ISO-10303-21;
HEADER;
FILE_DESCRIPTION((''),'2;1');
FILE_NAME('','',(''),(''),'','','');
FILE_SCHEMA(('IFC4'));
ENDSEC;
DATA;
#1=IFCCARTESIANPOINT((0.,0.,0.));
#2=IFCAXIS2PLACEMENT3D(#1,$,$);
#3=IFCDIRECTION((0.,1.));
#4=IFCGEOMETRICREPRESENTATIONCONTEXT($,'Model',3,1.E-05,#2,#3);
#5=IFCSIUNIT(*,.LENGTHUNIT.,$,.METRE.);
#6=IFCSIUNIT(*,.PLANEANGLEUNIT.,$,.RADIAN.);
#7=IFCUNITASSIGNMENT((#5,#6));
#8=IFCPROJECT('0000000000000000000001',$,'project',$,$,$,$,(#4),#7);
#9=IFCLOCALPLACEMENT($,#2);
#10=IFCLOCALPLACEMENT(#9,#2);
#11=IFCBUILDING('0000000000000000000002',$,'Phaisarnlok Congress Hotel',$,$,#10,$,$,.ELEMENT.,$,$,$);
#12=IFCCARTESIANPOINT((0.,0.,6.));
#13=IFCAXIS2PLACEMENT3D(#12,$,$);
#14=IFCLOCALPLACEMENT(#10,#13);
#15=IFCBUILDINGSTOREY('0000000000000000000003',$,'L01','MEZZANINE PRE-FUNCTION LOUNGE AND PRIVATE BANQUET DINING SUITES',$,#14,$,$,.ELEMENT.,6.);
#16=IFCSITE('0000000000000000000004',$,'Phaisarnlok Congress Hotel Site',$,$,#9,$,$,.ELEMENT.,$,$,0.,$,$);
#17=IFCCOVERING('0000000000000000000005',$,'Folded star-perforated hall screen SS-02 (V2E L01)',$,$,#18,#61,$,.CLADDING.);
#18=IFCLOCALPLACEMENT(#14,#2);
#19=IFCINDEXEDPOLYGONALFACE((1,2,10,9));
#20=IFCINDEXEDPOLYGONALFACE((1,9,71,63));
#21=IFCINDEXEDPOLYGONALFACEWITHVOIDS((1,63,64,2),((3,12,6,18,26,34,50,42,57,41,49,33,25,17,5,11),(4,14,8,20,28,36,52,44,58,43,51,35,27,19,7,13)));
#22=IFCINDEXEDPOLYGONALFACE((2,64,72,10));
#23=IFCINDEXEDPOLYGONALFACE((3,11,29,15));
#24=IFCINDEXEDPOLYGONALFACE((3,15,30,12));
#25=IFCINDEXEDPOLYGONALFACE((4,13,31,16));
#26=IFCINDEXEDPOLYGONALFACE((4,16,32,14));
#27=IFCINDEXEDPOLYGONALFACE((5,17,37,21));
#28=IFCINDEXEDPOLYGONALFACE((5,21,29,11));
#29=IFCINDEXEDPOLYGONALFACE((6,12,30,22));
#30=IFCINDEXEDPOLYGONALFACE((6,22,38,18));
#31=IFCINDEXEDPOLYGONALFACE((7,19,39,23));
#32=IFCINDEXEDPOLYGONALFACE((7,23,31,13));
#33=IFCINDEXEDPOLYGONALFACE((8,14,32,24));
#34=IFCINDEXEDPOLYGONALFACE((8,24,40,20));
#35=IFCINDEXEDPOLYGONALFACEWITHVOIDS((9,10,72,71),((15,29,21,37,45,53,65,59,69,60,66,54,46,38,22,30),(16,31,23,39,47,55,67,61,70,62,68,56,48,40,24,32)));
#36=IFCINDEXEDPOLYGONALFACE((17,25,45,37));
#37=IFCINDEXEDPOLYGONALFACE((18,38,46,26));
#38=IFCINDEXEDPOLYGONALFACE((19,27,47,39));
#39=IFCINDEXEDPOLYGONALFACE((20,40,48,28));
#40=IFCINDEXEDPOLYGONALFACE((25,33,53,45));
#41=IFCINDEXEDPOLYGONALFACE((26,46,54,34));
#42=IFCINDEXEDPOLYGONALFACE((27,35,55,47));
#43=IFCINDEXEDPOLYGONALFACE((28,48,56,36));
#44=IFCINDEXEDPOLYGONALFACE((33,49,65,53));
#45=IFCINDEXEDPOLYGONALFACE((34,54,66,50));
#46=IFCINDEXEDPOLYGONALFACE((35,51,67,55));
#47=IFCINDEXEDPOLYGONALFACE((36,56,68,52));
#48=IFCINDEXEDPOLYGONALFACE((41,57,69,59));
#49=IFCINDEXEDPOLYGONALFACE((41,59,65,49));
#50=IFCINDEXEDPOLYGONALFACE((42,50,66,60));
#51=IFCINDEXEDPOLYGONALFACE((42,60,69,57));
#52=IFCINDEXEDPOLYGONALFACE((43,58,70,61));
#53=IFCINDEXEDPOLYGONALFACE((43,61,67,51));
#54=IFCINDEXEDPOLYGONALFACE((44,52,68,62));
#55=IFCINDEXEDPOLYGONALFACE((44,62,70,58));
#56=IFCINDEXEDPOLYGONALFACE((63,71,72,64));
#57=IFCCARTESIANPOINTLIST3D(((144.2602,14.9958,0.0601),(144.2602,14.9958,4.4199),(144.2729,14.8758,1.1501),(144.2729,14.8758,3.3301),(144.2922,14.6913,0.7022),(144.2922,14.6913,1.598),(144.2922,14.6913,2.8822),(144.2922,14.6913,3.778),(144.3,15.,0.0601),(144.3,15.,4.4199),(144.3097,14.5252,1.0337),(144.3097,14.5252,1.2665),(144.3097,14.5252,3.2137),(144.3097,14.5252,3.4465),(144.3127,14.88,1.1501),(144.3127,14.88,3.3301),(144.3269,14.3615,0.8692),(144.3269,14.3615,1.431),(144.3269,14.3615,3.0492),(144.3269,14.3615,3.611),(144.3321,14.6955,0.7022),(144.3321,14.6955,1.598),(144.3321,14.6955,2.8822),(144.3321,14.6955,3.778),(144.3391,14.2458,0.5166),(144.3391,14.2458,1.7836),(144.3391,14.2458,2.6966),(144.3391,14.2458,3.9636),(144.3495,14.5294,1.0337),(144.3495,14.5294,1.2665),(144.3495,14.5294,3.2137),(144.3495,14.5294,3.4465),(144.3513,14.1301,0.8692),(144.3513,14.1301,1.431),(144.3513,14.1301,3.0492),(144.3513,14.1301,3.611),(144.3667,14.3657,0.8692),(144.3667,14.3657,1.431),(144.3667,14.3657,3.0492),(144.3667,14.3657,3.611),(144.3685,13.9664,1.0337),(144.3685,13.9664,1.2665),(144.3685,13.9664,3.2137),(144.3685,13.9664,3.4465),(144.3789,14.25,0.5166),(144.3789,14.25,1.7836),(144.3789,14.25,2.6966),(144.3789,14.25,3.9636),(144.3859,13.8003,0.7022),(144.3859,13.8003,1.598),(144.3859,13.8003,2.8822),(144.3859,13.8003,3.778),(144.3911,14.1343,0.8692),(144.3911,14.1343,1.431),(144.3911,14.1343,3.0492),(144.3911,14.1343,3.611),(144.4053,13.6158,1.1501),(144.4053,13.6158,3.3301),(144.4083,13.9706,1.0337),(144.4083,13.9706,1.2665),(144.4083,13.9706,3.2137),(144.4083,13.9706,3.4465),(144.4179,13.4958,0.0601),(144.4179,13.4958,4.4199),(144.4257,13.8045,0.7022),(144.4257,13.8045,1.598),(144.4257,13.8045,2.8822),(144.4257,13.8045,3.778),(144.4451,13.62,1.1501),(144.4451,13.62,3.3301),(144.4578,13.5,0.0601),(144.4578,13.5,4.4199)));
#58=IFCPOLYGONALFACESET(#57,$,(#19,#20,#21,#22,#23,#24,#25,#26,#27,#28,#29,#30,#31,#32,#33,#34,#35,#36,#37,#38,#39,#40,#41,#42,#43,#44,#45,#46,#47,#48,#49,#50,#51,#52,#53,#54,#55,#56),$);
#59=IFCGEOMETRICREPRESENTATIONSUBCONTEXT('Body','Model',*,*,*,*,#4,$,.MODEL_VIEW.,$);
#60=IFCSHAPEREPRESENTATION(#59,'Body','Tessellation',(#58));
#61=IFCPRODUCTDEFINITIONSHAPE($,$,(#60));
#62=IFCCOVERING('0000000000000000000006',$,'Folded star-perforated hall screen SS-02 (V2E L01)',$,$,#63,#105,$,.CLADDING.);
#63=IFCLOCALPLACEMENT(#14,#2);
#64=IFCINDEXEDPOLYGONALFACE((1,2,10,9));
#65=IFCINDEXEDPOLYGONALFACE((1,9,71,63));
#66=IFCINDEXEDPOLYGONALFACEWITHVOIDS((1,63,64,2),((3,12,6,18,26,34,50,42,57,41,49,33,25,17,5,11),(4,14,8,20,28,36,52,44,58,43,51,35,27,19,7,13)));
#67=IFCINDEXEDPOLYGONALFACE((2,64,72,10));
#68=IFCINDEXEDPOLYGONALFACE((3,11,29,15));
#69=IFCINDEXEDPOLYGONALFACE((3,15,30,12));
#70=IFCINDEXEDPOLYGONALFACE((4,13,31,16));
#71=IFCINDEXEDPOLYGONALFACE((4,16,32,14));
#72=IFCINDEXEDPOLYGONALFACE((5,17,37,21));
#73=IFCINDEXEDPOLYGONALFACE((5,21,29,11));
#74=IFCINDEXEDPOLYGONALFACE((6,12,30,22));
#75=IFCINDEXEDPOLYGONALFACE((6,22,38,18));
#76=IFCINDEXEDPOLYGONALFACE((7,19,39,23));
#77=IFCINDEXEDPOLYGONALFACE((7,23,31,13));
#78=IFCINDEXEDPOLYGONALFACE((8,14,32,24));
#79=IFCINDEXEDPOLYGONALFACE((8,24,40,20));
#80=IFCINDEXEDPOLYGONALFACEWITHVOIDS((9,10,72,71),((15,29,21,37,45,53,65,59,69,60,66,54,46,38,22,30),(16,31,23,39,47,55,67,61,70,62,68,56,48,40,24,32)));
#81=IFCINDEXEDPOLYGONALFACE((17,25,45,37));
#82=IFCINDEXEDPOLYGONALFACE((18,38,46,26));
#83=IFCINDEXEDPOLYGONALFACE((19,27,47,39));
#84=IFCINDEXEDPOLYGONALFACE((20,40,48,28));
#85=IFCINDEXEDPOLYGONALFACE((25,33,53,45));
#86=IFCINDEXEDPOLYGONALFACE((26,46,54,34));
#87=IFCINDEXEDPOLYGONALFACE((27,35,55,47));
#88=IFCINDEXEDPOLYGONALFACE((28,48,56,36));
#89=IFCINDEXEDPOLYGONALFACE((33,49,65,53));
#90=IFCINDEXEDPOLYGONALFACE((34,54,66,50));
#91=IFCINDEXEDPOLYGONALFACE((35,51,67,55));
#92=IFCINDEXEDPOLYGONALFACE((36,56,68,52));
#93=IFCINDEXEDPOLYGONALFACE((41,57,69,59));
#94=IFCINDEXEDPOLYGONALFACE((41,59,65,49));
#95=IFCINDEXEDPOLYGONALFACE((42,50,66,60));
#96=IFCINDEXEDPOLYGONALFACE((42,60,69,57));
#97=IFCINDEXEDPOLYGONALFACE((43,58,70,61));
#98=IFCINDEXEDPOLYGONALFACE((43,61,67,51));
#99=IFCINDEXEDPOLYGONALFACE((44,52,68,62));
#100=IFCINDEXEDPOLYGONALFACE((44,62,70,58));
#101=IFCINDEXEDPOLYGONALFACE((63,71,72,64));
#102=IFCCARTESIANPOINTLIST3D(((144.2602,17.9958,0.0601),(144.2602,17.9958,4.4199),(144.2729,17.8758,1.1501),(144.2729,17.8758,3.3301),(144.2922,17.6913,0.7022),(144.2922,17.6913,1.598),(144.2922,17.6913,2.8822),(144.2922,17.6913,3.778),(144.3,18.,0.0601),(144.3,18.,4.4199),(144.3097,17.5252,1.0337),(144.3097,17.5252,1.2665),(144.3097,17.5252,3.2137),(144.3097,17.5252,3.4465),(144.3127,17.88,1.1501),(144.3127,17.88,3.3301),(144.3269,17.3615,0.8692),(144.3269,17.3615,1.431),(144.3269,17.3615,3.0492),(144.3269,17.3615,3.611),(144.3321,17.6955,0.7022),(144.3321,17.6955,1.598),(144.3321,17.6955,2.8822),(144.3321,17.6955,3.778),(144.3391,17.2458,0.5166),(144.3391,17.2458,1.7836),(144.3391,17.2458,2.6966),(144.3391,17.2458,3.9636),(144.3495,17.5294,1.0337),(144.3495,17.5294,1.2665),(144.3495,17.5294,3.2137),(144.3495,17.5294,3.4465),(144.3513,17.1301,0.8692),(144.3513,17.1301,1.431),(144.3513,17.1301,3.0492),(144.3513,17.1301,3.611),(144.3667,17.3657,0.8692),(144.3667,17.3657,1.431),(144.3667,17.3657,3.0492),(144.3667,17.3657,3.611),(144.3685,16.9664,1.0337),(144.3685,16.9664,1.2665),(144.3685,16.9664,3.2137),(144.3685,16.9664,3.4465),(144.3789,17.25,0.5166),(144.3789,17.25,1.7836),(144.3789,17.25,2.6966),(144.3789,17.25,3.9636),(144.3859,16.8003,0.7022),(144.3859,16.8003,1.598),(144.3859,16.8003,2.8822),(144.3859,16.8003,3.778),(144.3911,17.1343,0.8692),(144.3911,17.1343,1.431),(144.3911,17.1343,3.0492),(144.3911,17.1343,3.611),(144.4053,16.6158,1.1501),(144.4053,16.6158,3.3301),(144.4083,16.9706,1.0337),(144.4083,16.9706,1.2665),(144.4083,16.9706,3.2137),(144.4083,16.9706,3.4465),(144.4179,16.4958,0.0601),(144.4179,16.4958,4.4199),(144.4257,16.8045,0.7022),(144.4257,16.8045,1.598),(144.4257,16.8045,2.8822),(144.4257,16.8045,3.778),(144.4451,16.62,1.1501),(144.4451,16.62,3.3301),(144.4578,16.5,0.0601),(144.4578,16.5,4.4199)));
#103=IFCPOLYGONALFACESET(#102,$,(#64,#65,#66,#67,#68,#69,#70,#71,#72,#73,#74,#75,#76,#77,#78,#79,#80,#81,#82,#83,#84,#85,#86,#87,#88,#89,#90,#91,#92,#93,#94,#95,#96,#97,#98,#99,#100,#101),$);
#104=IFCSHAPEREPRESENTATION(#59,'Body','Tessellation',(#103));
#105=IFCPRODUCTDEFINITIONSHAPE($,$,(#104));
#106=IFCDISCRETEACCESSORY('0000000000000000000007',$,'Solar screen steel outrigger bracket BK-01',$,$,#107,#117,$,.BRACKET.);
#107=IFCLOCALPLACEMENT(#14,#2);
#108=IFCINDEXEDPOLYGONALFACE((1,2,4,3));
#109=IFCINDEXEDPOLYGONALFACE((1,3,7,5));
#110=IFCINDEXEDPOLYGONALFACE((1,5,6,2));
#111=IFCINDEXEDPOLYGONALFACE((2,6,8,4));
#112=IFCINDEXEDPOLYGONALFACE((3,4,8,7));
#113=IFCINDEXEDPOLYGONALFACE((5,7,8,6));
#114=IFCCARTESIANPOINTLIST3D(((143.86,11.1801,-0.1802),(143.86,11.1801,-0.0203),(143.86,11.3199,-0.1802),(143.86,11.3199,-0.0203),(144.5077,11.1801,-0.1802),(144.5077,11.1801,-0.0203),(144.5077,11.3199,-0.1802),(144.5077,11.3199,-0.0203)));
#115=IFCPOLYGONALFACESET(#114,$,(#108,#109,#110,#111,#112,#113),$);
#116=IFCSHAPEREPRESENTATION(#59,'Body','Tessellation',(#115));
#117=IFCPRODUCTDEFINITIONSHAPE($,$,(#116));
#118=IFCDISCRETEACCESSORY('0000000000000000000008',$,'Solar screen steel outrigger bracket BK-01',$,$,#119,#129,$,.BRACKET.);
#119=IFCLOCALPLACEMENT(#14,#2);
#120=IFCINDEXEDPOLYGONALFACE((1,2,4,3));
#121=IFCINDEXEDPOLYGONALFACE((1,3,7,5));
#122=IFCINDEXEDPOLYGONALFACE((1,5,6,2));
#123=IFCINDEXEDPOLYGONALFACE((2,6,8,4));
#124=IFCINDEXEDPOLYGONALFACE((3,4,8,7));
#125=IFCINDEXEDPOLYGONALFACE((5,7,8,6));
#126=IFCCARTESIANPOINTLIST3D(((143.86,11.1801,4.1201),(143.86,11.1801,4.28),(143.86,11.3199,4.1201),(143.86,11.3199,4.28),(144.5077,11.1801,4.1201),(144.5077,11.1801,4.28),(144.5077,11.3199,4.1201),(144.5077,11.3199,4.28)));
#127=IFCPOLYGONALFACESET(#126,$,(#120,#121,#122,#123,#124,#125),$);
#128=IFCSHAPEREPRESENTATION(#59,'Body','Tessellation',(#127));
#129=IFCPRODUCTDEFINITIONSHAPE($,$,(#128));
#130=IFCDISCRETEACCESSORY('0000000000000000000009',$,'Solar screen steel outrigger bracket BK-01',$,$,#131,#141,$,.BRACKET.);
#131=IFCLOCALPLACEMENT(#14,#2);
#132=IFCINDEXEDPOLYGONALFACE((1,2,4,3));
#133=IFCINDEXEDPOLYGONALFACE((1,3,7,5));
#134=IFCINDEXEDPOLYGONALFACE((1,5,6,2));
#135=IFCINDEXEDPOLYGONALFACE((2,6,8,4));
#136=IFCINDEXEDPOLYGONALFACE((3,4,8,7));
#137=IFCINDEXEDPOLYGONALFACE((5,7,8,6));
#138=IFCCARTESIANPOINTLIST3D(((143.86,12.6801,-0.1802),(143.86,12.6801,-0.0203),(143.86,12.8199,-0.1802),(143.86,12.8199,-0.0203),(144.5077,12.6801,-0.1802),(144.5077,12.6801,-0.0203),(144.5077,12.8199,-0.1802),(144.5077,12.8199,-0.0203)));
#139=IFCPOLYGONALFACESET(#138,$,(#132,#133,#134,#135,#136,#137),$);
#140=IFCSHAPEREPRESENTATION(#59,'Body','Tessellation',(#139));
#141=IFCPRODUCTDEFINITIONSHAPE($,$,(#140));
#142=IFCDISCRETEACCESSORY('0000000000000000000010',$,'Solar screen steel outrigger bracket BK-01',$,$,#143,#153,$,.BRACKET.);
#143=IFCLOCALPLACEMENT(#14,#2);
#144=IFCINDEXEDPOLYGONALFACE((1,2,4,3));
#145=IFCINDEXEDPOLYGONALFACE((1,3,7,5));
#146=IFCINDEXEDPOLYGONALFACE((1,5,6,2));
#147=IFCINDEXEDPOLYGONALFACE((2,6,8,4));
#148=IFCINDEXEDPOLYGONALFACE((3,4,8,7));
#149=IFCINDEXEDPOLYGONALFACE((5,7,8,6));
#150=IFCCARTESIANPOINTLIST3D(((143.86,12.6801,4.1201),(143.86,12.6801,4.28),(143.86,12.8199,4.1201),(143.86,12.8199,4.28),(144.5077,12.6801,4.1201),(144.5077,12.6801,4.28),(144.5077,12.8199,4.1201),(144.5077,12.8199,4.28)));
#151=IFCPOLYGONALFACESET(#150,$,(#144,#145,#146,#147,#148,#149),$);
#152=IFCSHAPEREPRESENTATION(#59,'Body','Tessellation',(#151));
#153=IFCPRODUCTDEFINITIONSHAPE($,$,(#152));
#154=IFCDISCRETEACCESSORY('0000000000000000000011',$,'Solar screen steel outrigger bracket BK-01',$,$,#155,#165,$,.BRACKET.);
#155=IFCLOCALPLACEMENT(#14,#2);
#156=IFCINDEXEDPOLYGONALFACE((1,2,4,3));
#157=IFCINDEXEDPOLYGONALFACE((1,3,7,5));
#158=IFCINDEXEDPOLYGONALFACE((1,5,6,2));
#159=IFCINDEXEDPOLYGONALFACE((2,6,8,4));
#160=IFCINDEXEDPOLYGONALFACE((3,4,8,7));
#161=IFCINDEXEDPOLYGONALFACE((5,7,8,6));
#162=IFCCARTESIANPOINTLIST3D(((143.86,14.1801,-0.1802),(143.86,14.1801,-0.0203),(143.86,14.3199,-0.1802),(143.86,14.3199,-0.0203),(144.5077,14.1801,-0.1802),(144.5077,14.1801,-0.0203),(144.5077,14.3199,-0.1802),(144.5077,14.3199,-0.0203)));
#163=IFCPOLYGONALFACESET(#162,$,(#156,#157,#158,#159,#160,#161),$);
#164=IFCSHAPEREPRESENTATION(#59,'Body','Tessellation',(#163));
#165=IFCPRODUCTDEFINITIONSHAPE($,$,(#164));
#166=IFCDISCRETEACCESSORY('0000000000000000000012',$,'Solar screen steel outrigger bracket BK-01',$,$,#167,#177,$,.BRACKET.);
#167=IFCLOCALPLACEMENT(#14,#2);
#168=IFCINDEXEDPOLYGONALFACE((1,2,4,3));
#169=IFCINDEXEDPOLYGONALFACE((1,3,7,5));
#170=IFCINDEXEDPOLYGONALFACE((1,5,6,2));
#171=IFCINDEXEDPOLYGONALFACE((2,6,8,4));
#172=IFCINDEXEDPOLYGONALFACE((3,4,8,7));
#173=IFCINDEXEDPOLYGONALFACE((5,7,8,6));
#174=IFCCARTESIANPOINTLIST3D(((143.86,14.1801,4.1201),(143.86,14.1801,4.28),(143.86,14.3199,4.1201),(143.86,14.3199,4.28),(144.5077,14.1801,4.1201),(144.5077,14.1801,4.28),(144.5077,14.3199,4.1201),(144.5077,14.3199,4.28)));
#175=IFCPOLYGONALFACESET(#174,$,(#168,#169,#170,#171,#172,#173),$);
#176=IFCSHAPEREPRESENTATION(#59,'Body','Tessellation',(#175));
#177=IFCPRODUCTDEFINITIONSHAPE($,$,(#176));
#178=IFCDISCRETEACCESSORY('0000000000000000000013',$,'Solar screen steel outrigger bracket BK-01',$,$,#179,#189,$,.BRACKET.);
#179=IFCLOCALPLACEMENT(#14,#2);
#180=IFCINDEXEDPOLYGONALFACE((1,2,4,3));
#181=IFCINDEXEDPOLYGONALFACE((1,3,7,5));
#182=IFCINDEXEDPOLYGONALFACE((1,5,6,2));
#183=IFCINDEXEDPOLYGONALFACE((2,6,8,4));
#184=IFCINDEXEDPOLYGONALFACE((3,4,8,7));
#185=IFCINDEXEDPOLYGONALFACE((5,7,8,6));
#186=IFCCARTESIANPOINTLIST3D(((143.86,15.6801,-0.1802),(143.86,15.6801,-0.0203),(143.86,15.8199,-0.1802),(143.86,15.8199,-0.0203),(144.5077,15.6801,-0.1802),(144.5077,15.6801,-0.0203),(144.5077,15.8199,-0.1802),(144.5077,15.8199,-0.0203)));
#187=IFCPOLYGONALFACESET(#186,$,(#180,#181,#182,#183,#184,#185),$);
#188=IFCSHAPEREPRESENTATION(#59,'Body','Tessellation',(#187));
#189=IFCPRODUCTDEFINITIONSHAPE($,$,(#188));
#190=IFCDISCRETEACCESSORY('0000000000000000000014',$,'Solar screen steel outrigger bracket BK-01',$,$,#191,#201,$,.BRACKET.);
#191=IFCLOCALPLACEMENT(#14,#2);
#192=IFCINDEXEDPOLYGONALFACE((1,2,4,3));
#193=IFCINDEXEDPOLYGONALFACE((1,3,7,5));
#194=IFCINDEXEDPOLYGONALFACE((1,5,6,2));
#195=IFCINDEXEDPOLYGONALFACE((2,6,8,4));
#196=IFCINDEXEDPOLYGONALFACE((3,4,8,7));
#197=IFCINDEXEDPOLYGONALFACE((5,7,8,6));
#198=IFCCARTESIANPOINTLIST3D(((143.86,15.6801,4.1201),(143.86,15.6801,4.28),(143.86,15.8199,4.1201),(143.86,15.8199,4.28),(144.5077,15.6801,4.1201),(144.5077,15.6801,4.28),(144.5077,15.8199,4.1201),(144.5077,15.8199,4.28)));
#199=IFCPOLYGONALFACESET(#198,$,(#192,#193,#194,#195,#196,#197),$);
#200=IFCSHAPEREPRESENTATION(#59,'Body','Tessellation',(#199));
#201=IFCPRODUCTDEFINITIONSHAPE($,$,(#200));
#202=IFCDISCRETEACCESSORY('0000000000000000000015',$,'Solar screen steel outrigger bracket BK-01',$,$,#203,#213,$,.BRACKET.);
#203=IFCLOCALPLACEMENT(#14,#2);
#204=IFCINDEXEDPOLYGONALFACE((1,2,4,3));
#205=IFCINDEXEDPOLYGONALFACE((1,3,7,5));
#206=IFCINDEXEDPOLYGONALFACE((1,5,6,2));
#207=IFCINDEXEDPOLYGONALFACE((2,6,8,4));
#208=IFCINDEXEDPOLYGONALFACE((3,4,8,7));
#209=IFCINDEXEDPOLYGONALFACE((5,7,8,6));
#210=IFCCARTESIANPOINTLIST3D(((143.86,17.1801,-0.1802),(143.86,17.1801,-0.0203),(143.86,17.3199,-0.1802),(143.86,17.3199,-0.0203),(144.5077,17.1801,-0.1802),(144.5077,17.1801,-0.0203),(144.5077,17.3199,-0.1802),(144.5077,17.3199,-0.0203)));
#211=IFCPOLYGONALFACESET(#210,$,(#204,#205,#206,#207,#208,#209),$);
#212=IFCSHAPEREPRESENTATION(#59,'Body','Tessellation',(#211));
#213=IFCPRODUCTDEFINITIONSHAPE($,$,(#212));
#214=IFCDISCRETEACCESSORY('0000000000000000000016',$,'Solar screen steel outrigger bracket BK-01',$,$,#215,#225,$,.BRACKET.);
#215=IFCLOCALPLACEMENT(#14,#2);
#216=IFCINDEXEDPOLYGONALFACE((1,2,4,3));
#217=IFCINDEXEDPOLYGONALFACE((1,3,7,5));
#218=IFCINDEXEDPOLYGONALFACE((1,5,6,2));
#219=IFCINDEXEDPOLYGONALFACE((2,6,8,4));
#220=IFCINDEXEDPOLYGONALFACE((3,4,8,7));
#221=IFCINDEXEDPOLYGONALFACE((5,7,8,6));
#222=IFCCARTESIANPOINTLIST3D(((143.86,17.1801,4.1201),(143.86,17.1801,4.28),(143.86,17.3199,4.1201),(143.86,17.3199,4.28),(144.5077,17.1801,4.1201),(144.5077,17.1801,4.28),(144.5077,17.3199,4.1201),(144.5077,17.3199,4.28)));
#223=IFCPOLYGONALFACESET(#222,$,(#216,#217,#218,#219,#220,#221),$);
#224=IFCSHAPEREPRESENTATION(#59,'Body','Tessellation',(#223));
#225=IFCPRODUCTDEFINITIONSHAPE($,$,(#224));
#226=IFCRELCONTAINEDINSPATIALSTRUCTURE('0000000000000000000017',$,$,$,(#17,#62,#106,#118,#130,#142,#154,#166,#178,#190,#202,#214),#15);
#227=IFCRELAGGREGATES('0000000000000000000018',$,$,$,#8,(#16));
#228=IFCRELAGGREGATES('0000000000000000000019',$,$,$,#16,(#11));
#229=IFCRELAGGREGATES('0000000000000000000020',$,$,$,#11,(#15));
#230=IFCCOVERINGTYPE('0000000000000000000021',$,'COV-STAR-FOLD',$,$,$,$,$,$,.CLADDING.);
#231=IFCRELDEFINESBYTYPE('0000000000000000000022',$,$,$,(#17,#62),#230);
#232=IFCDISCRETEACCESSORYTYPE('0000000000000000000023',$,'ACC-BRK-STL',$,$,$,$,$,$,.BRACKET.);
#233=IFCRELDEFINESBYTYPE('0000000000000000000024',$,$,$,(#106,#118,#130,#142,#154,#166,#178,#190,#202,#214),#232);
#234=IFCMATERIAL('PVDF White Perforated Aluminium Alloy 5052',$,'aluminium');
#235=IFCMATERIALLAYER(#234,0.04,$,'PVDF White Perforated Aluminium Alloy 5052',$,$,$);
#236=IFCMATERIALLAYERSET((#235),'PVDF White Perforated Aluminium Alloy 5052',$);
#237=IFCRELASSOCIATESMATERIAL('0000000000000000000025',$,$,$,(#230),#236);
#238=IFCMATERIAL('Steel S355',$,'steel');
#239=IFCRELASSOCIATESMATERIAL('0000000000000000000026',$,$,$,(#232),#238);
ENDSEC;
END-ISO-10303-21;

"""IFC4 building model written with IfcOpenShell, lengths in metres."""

from ifc_helpers import new_model, si_unit, direction, frame, origin, origin_2d, place, context, subcontext, project, spatial, polyline, rectangle, outline, extrude, material, layer, layer_set, type_object, element, save


model = new_model("IFC4")

# Units and contexts
model_context = context("Model", 3, precision=1e-05, world=origin(), true_north=direction((0.0, 1.0)))
body_context = subcontext(model_context, "Body", "Model", "MODEL_VIEW")
ifc_project = project(units=[si_unit("LENGTHUNIT", "METRE"), si_unit("PLANEANGLEUNIT", "RADIAN")], contexts=[model_context])

# Site, building, storey
site_placement = place(None, origin())
site = spatial("IfcSite", under=ifc_project, at=site_placement, Name="Phaisarnlok Congress Hotel Site", CompositionType="ELEMENT", RefElevation=0.0)
building_placement = place(site_placement, origin())
building = spatial("IfcBuilding", under=site, at=building_placement, Name="Phaisarnlok Congress Hotel", CompositionType="ELEMENT")
storey_placement = place(building_placement, frame((0.0, 0.0, 6.0)))
storey = spatial("IfcBuildingStorey", under=building, at=storey_placement, Name="L01", Description="MEZZANINE PRE-FUNCTION LOUNGE AND PRIVATE BANQUET DINING SUITES", CompositionType="ELEMENT", Elevation=6.0)

# Shared definitions
ifc_material_1 = material(Name="Steel S355", Category="steel")

# Coverings
ifc_material_2 = material(Name="PVDF White Perforated Aluminium Alloy 5052", Category="aluminium")
ifc_layer_1 = layer(ifc_material_2, 0.04, Name="PVDF White Perforated Aluminium Alloy 5052")
ifc_layer_set_1 = layer_set([ifc_layer_1], Name="PVDF White Perforated Aluminium Alloy 5052")
covering_type = type_object("IfcCoveringType", Name="COV-STAR-FOLD", PredefinedType="CLADDING", material=ifc_layer_set_1)
for number, where, z_axis, x_axis, name in (
    (1, (144.3, 15.0, 0.0601), (-0.994518, -0.104567, 0.0), (0.104567, -0.994518, 0.0), "Folded star-perforated hall screen SS-02 (V2E L01)"),
    (2, (144.3, 18.0, 0.0601), (-0.994518, -0.104567, 0.0), (0.104567, -0.994518, 0.0), "Folded star-perforated hall screen SS-02 (V2E L01)"),
):
    element("IfcCovering", number, at=place(storey_placement, frame(where, z_axis=z_axis, x_axis=x_axis)), inside=storey, type_object=covering_type, Name=name, PredefinedType="CLADDING", context=body_context, shape_type="SweptSolid", body=[
        extrude(outline(polyline([(0.0, 0.0), (1.5083, 0.0), (1.5083, 4.3599), (0.0, 4.3599), (0.0, 0.0)]), holes=[polyline([(1.0351, 0.9736), (1.2021, 0.6421), (0.8705, 0.8091), (0.7541, 0.4565), (0.6378, 0.8091), (0.3062, 0.6421), (0.4732, 0.9736), (0.1207, 1.09), (0.4732, 1.2064), (0.3062, 1.5379), (0.6378, 1.3709), (0.7541, 1.7235), (0.8705, 1.3709), (1.2021, 1.5379), (1.0351, 1.2064), (1.3876, 1.09), (1.0351, 0.9736)]), polyline([(1.0351, 3.1536), (1.2021, 2.8221), (0.8705, 2.9891), (0.7541, 2.6365), (0.6378, 2.9891), (0.3062, 2.8221), (0.4732, 3.1536), (0.1207, 3.27), (0.4732, 3.3864), (0.3062, 3.7179), (0.6378, 3.5509), (0.7541, 3.9035), (0.8705, 3.5509), (1.2021, 3.7179), (1.0351, 3.3864), (1.3876, 3.27), (1.0351, 3.1536)])]), origin(), (0.0, 0.0, 1.0), 0.04),
    ])

# Discrete accessories
discrete_accessory_type = type_object("IfcDiscreteAccessoryType", Name="ACC-BRK-STL", PredefinedType="BRACKET", material=ifc_material_1)
for number, where, z_axis, x_axis, name in (
    (3, (144.1838, 11.25, -0.1802), (0.0, 0.0, 1.0), (1.0, 0.0, 0.0), "Solar screen steel outrigger bracket BK-01"),
    (4, (144.1838, 11.25, 4.1201), (0.0, 0.0, 1.0), (1.0, 0.0, 0.0), "Solar screen steel outrigger bracket BK-01"),
    (5, (144.1838, 12.75, -0.1802), (0.0, 0.0, 1.0), (1.0, 0.0, 0.0), "Solar screen steel outrigger bracket BK-01"),
    (6, (144.1838, 12.75, 4.1201), (0.0, 0.0, 1.0), (1.0, 0.0, 0.0), "Solar screen steel outrigger bracket BK-01"),
    (7, (144.1838, 14.25, -0.1802), (0.0, 0.0, 1.0), (1.0, 0.0, 0.0), "Solar screen steel outrigger bracket BK-01"),
    (8, (144.1838, 14.25, 4.1201), (0.0, 0.0, 1.0), (1.0, 0.0, 0.0), "Solar screen steel outrigger bracket BK-01"),
    (9, (144.1838, 15.75, -0.1802), (0.0, 0.0, 1.0), (1.0, 0.0, 0.0), "Solar screen steel outrigger bracket BK-01"),
    (10, (144.1838, 15.75, 4.1201), (0.0, 0.0, 1.0), (1.0, 0.0, 0.0), "Solar screen steel outrigger bracket BK-01"),
    (11, (144.1838, 17.25, -0.1802), (0.0, 0.0, 1.0), (1.0, 0.0, 0.0), "Solar screen steel outrigger bracket BK-01"),
    (12, (144.1838, 17.25, 4.1201), (0.0, 0.0, 1.0), (1.0, 0.0, 0.0), "Solar screen steel outrigger bracket BK-01"),
):
    element("IfcDiscreteAccessory", number, at=place(storey_placement, frame(where, z_axis=z_axis, x_axis=x_axis)), inside=storey, type_object=discrete_accessory_type, Name=name, PredefinedType="BRACKET", context=body_context, shape_type="SweptSolid", body=[
        extrude(rectangle(XDim=0.6477, YDim=0.1399, at=origin_2d()), origin(), (0.0, 0.0, 1.0), 0.1599),
    ])

save(model, "model.ifc")
